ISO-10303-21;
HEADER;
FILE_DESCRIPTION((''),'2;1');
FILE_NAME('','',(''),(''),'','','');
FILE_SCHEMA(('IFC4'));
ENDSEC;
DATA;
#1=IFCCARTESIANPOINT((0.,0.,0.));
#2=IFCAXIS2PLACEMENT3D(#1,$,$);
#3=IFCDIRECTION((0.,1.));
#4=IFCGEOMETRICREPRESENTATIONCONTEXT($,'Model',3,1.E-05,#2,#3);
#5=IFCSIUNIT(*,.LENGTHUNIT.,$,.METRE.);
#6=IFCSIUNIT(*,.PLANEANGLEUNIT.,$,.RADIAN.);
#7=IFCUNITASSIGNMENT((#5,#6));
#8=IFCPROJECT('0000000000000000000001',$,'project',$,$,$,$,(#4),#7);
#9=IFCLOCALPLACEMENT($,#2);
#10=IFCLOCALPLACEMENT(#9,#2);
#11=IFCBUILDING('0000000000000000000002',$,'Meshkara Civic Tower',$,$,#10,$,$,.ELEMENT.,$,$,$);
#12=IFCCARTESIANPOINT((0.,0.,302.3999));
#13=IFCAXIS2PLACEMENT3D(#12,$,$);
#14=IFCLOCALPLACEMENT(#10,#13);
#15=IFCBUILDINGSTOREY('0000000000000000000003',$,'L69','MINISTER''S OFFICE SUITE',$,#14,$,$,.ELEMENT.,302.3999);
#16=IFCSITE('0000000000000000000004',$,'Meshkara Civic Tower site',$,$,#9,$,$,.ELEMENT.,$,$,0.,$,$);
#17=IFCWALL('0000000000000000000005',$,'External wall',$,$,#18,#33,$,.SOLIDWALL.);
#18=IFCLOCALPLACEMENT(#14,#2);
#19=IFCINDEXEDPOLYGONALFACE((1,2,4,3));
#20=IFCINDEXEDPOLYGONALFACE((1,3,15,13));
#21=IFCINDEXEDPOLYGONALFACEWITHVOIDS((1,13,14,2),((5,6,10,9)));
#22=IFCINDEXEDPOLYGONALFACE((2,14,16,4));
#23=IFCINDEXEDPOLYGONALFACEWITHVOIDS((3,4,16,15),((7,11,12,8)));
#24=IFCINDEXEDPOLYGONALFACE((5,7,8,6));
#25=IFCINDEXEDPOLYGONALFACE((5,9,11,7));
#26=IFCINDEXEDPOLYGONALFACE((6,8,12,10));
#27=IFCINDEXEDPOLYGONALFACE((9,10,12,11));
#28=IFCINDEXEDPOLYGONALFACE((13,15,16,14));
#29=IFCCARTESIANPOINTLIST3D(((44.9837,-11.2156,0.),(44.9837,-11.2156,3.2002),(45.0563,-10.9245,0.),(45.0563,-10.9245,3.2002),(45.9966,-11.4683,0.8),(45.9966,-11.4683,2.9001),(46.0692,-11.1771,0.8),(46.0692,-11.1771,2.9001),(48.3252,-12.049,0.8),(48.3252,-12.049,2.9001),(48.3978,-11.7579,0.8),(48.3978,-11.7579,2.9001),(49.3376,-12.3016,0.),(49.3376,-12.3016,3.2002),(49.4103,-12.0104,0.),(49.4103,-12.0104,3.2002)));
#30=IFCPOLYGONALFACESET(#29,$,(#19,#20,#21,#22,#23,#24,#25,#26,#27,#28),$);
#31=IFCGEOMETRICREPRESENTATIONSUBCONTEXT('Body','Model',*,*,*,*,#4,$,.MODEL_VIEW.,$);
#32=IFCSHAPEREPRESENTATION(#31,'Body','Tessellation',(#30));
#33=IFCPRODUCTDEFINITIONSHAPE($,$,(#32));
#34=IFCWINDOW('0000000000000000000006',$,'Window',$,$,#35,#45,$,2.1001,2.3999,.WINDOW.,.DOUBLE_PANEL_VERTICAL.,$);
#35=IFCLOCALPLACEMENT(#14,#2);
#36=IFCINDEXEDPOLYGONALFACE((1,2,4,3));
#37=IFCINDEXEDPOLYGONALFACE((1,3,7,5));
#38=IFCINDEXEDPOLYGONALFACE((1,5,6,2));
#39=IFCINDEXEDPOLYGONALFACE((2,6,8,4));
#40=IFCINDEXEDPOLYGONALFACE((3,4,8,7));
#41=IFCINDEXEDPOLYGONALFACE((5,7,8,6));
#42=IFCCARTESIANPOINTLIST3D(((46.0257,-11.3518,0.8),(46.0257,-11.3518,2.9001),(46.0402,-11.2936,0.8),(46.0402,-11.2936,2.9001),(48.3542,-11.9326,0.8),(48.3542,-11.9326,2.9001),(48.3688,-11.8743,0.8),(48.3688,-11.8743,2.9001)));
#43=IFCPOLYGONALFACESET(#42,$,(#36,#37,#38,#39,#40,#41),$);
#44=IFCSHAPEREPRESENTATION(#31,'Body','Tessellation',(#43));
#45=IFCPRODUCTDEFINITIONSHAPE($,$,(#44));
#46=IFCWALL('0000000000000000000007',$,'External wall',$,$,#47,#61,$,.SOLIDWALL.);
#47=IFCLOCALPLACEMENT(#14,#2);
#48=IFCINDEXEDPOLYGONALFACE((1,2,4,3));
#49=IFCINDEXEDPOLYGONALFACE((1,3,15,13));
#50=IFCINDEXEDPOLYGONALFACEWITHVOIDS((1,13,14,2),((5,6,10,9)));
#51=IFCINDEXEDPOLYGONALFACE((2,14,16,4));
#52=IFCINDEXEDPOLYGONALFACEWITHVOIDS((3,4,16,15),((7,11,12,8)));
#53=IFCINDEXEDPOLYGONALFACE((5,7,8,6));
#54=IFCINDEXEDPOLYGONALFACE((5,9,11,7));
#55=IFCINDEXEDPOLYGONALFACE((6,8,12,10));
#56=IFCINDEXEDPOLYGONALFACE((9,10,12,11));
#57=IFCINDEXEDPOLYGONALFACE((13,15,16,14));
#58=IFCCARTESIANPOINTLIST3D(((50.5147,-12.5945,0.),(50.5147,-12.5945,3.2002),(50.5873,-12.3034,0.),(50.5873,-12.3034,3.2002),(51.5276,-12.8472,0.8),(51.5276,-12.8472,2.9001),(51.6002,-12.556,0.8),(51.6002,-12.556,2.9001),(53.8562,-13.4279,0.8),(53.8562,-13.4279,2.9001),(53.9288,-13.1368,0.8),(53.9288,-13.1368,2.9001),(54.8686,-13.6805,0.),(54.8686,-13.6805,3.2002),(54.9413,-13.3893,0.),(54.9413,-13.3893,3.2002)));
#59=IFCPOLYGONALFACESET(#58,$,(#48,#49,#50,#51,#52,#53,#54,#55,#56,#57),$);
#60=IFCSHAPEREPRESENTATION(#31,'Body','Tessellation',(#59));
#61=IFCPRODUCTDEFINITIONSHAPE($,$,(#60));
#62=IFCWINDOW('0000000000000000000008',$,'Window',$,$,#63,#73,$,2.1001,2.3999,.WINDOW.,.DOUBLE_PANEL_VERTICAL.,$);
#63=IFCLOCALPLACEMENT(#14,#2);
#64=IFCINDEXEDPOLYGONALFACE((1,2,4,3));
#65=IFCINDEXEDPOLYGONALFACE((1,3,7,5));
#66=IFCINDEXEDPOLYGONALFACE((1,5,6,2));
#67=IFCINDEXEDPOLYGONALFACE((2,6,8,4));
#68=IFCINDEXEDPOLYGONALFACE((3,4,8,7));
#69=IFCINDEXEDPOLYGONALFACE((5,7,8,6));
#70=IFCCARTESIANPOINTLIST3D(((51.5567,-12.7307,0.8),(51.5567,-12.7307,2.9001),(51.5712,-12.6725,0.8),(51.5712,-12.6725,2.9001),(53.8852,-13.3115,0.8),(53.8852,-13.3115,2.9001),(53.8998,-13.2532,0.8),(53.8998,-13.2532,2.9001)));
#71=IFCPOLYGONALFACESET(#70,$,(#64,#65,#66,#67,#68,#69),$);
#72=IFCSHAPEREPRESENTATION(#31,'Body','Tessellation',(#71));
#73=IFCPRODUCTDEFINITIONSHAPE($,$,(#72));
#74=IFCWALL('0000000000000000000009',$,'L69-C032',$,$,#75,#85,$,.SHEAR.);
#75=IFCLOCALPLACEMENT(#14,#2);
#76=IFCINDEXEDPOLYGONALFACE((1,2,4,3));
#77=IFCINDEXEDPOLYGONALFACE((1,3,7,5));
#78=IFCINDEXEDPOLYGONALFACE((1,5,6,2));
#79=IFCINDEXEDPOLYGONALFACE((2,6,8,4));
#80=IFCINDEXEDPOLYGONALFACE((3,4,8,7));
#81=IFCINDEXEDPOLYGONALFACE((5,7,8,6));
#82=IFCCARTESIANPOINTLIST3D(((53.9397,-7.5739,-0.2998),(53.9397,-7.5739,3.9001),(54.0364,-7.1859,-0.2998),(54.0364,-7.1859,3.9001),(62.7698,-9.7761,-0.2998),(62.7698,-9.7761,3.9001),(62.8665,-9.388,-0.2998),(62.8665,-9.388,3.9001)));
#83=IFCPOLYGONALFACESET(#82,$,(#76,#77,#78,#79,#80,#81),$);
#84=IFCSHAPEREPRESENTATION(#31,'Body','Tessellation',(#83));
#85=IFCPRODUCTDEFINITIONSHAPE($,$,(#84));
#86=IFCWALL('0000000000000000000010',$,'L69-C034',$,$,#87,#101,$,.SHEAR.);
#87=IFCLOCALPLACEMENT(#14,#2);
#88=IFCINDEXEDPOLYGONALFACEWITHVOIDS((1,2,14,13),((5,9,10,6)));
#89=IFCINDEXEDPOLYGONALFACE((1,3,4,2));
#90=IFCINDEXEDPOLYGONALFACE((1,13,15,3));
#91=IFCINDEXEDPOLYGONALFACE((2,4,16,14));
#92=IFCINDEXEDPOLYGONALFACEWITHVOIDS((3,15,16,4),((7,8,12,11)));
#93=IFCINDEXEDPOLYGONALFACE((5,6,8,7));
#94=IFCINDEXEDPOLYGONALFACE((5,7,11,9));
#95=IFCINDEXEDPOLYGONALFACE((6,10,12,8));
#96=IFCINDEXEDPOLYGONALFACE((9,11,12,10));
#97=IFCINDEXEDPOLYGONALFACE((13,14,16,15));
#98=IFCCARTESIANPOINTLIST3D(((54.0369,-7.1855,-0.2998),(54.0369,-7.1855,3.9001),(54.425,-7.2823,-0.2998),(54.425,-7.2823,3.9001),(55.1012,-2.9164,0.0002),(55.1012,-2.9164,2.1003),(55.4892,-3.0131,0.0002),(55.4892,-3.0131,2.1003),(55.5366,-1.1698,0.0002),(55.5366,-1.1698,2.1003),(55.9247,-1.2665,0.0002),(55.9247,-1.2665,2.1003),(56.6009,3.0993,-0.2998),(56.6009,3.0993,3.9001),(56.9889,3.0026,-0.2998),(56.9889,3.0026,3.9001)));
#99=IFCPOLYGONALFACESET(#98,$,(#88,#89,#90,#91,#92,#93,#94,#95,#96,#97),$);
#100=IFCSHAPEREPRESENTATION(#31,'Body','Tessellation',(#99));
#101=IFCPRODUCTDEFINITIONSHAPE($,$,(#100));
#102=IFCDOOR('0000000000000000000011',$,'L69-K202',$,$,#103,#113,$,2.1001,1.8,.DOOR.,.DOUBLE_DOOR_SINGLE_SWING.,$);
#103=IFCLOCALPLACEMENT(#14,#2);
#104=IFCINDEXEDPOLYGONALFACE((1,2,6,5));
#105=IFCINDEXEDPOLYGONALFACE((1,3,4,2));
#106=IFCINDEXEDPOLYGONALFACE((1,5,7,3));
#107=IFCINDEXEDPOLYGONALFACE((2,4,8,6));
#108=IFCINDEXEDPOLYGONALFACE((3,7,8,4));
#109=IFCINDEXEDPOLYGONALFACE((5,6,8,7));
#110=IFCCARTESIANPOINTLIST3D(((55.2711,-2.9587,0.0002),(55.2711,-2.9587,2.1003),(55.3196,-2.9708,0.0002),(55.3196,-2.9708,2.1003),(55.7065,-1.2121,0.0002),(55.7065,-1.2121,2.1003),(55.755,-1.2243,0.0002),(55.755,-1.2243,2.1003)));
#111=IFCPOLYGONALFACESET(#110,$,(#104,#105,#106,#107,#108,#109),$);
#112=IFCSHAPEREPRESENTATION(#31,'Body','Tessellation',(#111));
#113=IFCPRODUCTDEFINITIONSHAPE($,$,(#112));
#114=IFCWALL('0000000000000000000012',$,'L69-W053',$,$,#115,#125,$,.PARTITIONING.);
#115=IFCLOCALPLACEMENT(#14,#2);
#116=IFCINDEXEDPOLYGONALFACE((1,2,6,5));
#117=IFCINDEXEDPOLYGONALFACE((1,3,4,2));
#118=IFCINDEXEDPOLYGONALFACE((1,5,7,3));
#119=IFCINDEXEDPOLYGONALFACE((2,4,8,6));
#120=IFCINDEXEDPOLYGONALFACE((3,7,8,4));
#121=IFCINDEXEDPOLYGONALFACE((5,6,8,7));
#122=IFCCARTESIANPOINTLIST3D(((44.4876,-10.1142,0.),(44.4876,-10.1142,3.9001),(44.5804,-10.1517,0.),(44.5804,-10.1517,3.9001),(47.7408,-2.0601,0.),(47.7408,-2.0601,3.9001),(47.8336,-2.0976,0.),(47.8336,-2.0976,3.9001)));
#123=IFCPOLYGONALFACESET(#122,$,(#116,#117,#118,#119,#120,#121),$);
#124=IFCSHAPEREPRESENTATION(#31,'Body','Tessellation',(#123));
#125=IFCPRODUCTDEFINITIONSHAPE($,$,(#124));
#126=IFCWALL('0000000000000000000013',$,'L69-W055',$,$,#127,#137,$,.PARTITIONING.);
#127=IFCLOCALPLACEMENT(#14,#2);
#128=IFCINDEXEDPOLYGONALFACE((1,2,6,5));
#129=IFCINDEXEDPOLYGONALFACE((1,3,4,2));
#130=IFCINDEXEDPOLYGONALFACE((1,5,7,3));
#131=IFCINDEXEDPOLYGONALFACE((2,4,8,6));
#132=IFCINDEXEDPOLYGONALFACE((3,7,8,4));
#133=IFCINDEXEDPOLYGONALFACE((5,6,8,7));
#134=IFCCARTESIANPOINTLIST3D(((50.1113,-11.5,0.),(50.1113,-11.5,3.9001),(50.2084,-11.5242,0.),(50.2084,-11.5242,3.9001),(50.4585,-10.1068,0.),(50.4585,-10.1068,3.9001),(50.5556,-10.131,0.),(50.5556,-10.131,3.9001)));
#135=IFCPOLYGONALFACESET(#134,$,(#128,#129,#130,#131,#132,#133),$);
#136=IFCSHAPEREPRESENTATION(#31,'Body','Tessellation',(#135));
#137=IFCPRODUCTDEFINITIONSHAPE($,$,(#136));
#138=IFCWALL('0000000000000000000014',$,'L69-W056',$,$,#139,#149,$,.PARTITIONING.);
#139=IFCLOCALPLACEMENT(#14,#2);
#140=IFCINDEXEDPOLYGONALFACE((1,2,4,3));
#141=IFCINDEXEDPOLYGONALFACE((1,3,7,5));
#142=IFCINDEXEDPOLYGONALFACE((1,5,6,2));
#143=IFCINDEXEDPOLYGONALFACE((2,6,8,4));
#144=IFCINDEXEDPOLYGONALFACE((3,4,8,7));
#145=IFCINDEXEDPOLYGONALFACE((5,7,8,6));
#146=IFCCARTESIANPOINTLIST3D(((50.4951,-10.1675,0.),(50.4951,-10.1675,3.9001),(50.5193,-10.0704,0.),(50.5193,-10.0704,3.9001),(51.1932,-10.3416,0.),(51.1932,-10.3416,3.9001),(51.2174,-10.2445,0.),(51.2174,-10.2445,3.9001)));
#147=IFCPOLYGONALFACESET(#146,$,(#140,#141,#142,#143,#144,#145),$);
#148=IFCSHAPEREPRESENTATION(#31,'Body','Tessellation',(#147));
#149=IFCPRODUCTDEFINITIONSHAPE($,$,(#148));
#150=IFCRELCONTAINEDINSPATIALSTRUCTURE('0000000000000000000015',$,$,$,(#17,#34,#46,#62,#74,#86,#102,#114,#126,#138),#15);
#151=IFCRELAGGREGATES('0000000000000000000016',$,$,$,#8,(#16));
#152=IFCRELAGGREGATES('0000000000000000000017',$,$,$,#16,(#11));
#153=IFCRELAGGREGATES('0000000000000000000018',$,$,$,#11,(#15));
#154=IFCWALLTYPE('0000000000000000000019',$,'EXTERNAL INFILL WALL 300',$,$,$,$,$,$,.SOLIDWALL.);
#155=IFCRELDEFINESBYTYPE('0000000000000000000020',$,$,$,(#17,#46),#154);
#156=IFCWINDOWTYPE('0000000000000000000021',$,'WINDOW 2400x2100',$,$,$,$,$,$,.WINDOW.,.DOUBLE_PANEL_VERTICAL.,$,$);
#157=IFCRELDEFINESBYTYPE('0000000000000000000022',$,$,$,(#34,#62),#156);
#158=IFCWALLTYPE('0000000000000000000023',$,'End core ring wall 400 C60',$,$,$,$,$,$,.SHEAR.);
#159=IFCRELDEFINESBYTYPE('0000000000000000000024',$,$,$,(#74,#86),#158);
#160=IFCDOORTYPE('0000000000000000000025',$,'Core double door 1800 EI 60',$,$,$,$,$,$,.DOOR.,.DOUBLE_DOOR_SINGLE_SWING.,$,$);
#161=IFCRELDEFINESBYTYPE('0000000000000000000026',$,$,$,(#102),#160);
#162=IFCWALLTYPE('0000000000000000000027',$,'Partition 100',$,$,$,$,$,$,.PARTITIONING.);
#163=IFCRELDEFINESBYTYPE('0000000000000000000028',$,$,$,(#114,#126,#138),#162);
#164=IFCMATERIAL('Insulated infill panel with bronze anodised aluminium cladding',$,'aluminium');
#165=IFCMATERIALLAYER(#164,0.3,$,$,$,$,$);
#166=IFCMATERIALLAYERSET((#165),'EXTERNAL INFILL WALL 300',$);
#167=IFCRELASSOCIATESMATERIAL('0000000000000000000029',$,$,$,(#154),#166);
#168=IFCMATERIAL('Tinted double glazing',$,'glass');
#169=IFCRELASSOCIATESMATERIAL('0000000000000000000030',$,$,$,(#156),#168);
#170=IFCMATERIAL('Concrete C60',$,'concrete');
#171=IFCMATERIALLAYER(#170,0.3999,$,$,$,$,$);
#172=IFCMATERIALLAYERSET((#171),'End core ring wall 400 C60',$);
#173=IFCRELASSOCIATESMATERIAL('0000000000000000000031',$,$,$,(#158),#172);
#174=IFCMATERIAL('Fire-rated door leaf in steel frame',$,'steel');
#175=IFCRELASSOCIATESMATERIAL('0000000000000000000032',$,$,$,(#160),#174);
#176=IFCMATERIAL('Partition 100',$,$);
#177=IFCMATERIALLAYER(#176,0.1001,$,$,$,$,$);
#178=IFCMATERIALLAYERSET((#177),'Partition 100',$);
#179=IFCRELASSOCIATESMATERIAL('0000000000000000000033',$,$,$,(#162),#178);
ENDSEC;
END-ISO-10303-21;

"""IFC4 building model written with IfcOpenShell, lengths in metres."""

from ifc_helpers import new_model, si_unit, direction, frame, frame_2d, origin, place, context, subcontext, project, spatial, rectangle, extrude, material, layer, layer_set, type_object, element, fill, save


model = new_model("IFC4")

# Units and contexts
model_context = context("Model", 3, precision=1e-05, world=origin(), true_north=direction((0.0, 1.0)))
body_context = subcontext(model_context, "Body", "Model", "MODEL_VIEW")
ifc_project = project(units=[si_unit("LENGTHUNIT", "METRE"), si_unit("PLANEANGLEUNIT", "RADIAN")], contexts=[model_context])

# Site, building, storey
site_placement = place(None, origin())
site = spatial("IfcSite", under=ifc_project, at=site_placement, Name="Meshkara Civic Tower site", CompositionType="ELEMENT", RefElevation=0.0)
building_placement = place(site_placement, origin())
building = spatial("IfcBuilding", under=site, at=building_placement, Name="Meshkara Civic Tower", CompositionType="ELEMENT")
storey_placement = place(building_placement, frame((0.0, 0.0, 302.3999)))
storey = spatial("IfcBuildingStorey", under=building, at=storey_placement, Name="L69", Description="MINISTER'S OFFICE SUITE", CompositionType="ELEMENT", Elevation=302.3999)

# Walls, openings, windows
ifc_material_1 = material(Name="Insulated infill panel with bronze anodised aluminium cladding", Category="aluminium")
ifc_layer_1 = layer(ifc_material_1, 0.3)
ifc_layer_set_1 = layer_set([ifc_layer_1], Name="EXTERNAL INFILL WALL 300")
wall_type_1 = type_object("IfcWallType", Name="EXTERNAL INFILL WALL 300", PredefinedType="SOLIDWALL", material=ifc_layer_set_1)
wall_1_placement = place(storey_placement, frame((45.02, -11.0701, 0.0), z_axis=(0.0, 0.0, 1.0), x_axis=(0.970277, -0.241998, 0.0)))
wall_1 = element("IfcWall", 1, at=wall_1_placement, inside=storey, type_object=wall_type_1, Name="External wall", PredefinedType="SOLIDWALL", context=body_context, shape_type="SweptSolid", body=[
    extrude(rectangle(XDim=4.4873, YDim=0.3, at=frame_2d((2.2437, 0.0))), origin(), (0.0, 0.0, 1.0), 3.2002),
])
opening_1_placement = place(wall_1_placement, frame((1.0439, 0.0, 0.8)))
opening_1 = element("IfcOpeningElement", 2, at=opening_1_placement, cuts=wall_1, PredefinedType="OPENING", context=body_context, shape_type="SweptSolid", body=[
    extrude(rectangle(XDim=2.3999, YDim=2.1001, at=frame_2d((1.2, 1.05))), frame((0.0, 0.1599, 0.0), z_axis=(0.0, -1.0, 0.0), x_axis=(1.0, 0.0, 0.0)), (0.0, 0.0, 1.0), 0.3201),
])
ifc_material_2 = material(Name="Tinted double glazing", Category="glass")
window_type = type_object("IfcWindowType", Name="WINDOW 2400x2100", PartitioningType="DOUBLE_PANEL_VERTICAL", PredefinedType="WINDOW", material=ifc_material_2)
window_1_placement = place(opening_1_placement, origin())
window_1 = element("IfcWindow", 3, at=window_1_placement, inside=storey, type_object=window_type, Name="Window", OverallHeight=2.1001, OverallWidth=2.3999, PartitioningType="DOUBLE_PANEL_VERTICAL", PredefinedType="WINDOW", context=body_context, shape_type="SweptSolid", body=[
    extrude(rectangle(XDim=2.3999, YDim=2.1001, at=frame_2d((1.2, 1.05))), frame((0.0, 0.03, 0.0), z_axis=(0.0, -1.0, 0.0), x_axis=(1.0, 0.0, 0.0)), (0.0, 0.0, 1.0), 0.0601),
])
fill(opening_1, window_1)
wall_2_placement = place(storey_placement, frame((50.551, -12.449, 0.0), z_axis=(0.0, 0.0, 1.0), x_axis=(0.970277, -0.241998, 0.0)))
wall_2 = element("IfcWall", 4, at=wall_2_placement, inside=storey, type_object=wall_type_1, Name="External wall", PredefinedType="SOLIDWALL", context=body_context, shape_type="SweptSolid", body=[
    extrude(rectangle(XDim=4.4873, YDim=0.3, at=frame_2d((2.2437, 0.0))), origin(), (0.0, 0.0, 1.0), 3.2002),
])
opening_2_placement = place(wall_2_placement, frame((1.0439, 0.0, 0.8)))
opening_2 = element("IfcOpeningElement", 5, at=opening_2_placement, cuts=wall_2, PredefinedType="OPENING", context=body_context, shape_type="SweptSolid", body=[
    extrude(rectangle(XDim=2.3999, YDim=2.1001, at=frame_2d((1.2, 1.05))), frame((0.0, 0.1599, 0.0), z_axis=(0.0, -1.0, 0.0), x_axis=(1.0, 0.0, 0.0)), (0.0, 0.0, 1.0), 0.3201),
])
window_2_placement = place(opening_2_placement, origin())
window_2 = element("IfcWindow", 6, at=window_2_placement, inside=storey, type_object=window_type, Name="Window", OverallHeight=2.1001, OverallWidth=2.3999, PartitioningType="DOUBLE_PANEL_VERTICAL", PredefinedType="WINDOW", context=body_context, shape_type="SweptSolid", body=[
    extrude(rectangle(XDim=2.3999, YDim=2.1001, at=frame_2d((1.2, 1.05))), frame((0.0, 0.03, 0.0), z_axis=(0.0, -1.0, 0.0), x_axis=(1.0, 0.0, 0.0)), (0.0, 0.0, 1.0), 0.0601),
])
fill(opening_2, window_2)

# Wall
ifc_material_3 = material(Name="Concrete C60", Category="concrete")
ifc_layer_2 = layer(ifc_material_3, 0.3999)
ifc_layer_set_2 = layer_set([ifc_layer_2], Name="End core ring wall 400 C60")
wall_type_2 = type_object("IfcWallType", Name="End core ring wall 400 C60", PredefinedType="SHEAR", material=ifc_layer_set_2)
wall_3_placement = place(storey_placement, frame((53.988, -7.3799, -0.2998), z_axis=(0.0, 0.0, 1.0), x_axis=(0.970281, -0.24198, 0.0)))
element("IfcWall", 7, at=wall_3_placement, inside=storey, type_object=wall_type_2, Name="L69-C032", PredefinedType="SHEAR", context=body_context, shape_type="SweptSolid", body=[
    extrude(rectangle(XDim=9.1006, YDim=0.3999, at=frame_2d((4.5503, 0.0))), origin(), (0.0, 0.0, 1.0), 4.2),
])

# Wall, opening, door
wall_4_placement = place(storey_placement, frame((54.231, -7.2339, -0.2998), z_axis=(0.0, 0.0, 1.0), x_axis=(0.241891, 0.970304, 0.0)))
wall_4 = element("IfcWall", 8, at=wall_4_placement, inside=storey, type_object=wall_type_2, Name="L69-C034", PredefinedType="SHEAR", context=body_context, shape_type="SweptSolid", body=[
    extrude(rectangle(XDim=10.5996, YDim=0.3999, at=frame_2d((5.2998, 0.0))), origin(), (0.0, 0.0, 1.0), 4.2),
])
opening_3_placement = place(wall_4_placement, frame((4.3999, 0.0, 0.3)))
opening_3 = element("IfcOpeningElement", 9, at=opening_3_placement, cuts=wall_4, PredefinedType="OPENING", context=body_context, shape_type="SweptSolid", body=[
    extrude(rectangle(XDim=1.8, YDim=2.1001, at=frame_2d((0.8999, 1.05))), frame((0.0, 0.21, 0.0), z_axis=(0.0, -1.0, 0.0), x_axis=(1.0, 0.0, 0.0)), (0.0, 0.0, 1.0), 0.4199),
])
ifc_material_4 = material(Name="Fire-rated door leaf in steel frame", Category="steel")
door_type_1 = type_object("IfcDoorType", Name="Core double door 1800 EI 60", OperationType="DOUBLE_DOOR_SINGLE_SWING", PredefinedType="DOOR", material=ifc_material_4)
door_1_placement = place(opening_3_placement, origin())
door_1 = element("IfcDoor", 10, at=door_1_placement, inside=storey, type_object=door_type_1, Name="L69-K202", OperationType="DOUBLE_DOOR_SINGLE_SWING", OverallHeight=2.1001, OverallWidth=1.8, PredefinedType="DOOR", context=body_context, shape_type="SweptSolid", body=[
    extrude(rectangle(XDim=1.8, YDim=2.1001, at=frame_2d((0.8999, 1.05))), frame((0.0, 0.0249, 0.0), z_axis=(0.0, -1.0, 0.0), x_axis=(1.0, 0.0, 0.0)), (0.0, 0.0, 1.0), 0.05),
])
fill(opening_3, door_1)

# Walls
ifc_material_5 = material(Name="Partition 100")
ifc_layer_3 = layer(ifc_material_5, 0.1001)
ifc_layer_set_3 = layer_set([ifc_layer_3], Name="Partition 100")
wall_type_3 = type_object("IfcWallType", Name="Partition 100", PredefinedType="PARTITIONING", material=ifc_layer_set_3)
wall_5_placement = place(storey_placement, frame((44.5339, -10.1331, 0.0), z_axis=(0.0, 0.0, 1.0), x_axis=(0.374524, 0.927217, 0.0)))
element("IfcWall", 11, at=wall_5_placement, inside=storey, type_object=wall_type_3, Name="L69-W053", PredefinedType="PARTITIONING", context=body_context, shape_type="SweptSolid", body=[
    extrude(rectangle(XDim=8.6863, YDim=0.1001, at=frame_2d((4.3433, 0.0))), origin(), (0.0, 0.0, 1.0), 3.9001),
])
wall_6_placement = place(storey_placement, frame((50.1599, -11.512, 0.0), z_axis=(0.0, 0.0, 1.0), x_axis=(0.241815, 0.970322, 0.0)))
element("IfcWall", 12, at=wall_6_placement, inside=storey, type_object=wall_type_3, Name="L69-W055", PredefinedType="PARTITIONING", context=body_context, shape_type="SweptSolid", body=[
    extrude(rectangle(XDim=1.4358, YDim=0.1001, at=frame_2d((0.7178, 0.0))), origin(), (0.0, 0.0, 1.0), 3.9001),
])
wall_7_placement = place(storey_placement, frame((50.5071, -10.1189, 0.0), z_axis=(0.0, 0.0, 1.0), x_axis=(0.970282, -0.241977, 0.0)))
element("IfcWall", 13, at=wall_7_placement, inside=storey, type_object=wall_type_3, Name="L69-W056", PredefinedType="PARTITIONING", context=body_context, shape_type="SweptSolid", body=[
    extrude(rectangle(XDim=0.7195, YDim=0.1001, at=frame_2d((0.3599, 0.0))), origin(), (0.0, 0.0, 1.0), 3.9001),
])

save(model, "model.ifc")
